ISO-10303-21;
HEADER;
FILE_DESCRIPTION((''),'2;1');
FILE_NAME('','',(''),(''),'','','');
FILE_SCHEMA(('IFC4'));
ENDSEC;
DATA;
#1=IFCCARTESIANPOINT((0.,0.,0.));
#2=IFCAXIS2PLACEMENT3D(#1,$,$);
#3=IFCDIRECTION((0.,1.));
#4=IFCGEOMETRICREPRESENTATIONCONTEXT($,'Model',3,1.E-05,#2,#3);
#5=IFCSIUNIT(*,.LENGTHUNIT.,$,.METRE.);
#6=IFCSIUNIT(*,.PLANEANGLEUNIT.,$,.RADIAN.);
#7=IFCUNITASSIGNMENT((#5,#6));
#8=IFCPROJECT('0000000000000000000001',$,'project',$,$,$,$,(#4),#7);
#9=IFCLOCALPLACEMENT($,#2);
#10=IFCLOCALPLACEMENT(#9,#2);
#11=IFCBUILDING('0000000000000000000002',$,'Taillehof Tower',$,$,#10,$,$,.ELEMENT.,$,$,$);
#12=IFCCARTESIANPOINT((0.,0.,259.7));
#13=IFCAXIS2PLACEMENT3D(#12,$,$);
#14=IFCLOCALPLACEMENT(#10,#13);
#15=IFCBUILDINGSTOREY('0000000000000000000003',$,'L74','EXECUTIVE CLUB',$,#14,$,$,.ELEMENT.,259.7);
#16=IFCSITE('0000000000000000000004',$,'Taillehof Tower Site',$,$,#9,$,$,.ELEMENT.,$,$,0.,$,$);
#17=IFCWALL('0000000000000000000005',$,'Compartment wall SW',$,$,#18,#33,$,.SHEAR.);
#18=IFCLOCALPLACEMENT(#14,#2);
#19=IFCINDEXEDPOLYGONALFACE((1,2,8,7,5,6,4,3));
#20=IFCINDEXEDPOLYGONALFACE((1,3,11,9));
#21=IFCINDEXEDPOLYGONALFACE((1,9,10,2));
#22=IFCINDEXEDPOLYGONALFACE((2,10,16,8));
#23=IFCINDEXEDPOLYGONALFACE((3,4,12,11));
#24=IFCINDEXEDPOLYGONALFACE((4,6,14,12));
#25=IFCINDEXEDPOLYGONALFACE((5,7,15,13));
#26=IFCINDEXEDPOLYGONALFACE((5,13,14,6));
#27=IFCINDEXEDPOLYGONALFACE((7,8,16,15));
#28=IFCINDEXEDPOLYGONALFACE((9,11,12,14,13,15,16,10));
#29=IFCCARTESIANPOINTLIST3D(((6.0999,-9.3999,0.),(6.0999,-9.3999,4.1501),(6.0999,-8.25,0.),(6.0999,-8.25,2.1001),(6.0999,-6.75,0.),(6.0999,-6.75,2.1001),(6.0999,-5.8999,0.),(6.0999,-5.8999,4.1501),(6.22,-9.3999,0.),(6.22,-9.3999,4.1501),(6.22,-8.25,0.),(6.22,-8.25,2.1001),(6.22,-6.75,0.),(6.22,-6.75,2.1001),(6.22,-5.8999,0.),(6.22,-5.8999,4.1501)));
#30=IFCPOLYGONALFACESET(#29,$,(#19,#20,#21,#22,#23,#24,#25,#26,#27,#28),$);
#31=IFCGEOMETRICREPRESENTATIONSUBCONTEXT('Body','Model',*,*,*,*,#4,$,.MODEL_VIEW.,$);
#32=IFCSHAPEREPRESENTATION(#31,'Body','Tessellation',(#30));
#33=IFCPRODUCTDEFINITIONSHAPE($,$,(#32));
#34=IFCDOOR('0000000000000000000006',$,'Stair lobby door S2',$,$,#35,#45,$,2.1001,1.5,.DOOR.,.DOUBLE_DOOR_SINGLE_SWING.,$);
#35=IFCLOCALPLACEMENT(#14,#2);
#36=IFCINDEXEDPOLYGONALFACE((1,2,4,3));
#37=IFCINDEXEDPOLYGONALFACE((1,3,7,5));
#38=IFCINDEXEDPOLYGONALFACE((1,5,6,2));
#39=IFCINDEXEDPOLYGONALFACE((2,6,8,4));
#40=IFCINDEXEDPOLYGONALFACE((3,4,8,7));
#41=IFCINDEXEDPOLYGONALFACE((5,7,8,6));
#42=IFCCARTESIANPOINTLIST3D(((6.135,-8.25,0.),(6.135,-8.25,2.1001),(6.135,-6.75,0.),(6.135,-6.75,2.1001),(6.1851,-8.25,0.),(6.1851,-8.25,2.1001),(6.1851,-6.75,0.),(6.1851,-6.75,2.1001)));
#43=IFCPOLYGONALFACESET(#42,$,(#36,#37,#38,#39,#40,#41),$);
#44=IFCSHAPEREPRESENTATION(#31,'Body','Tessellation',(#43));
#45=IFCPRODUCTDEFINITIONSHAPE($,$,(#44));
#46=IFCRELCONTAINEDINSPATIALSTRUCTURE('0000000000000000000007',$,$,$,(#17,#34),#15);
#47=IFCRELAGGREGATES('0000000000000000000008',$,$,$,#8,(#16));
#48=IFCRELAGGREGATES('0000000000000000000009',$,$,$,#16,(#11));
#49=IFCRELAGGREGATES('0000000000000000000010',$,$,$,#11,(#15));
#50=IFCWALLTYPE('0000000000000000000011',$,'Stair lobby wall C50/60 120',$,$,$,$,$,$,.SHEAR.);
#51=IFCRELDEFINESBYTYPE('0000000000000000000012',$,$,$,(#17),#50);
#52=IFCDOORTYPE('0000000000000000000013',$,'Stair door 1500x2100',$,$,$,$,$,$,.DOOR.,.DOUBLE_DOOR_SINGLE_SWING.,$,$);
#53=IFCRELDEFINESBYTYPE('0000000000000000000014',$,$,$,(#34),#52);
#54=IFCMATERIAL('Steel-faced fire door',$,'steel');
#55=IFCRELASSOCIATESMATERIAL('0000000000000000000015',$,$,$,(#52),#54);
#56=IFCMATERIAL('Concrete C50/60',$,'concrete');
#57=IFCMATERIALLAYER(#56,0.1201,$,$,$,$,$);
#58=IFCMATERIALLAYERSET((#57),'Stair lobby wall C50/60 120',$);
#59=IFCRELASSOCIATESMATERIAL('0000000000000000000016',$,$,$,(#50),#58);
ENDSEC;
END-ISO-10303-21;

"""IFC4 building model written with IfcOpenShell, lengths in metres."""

from ifc_helpers import new_model, si_unit, direction, frame, frame_2d, origin, place, context, subcontext, project, spatial, rectangle, extrude, material, layer, layer_set, type_object, element, fill, save


model = new_model("IFC4")

# Units and contexts
model_context = context("Model", 3, precision=1e-05, world=origin(), true_north=direction((0.0, 1.0)))
body_context = subcontext(model_context, "Body", "Model", "MODEL_VIEW")
ifc_project = project(units=[si_unit("LENGTHUNIT", "METRE"), si_unit("PLANEANGLEUNIT", "RADIAN")], contexts=[model_context])

# Site, building, storey
site_placement = place(None, origin())
site = spatial("IfcSite", under=ifc_project, at=site_placement, Name="Taillehof Tower Site", CompositionType="ELEMENT", RefElevation=0.0)
building_placement = place(site_placement, origin())
building = spatial("IfcBuilding", under=site, at=building_placement, Name="Taillehof Tower", CompositionType="ELEMENT")
storey_placement = place(building_placement, frame((0.0, 0.0, 259.7)))
storey = spatial("IfcBuildingStorey", under=building, at=storey_placement, Name="L74", Description="EXECUTIVE CLUB", CompositionType="ELEMENT", Elevation=259.7)

# Shared definitions
ifc_material_1 = material(Name="Steel-faced fire door", Category="steel")
door_type_1 = type_object("IfcDoorType", Name="Stair door 1500x2100", OperationType="DOUBLE_DOOR_SINGLE_SWING", PredefinedType="DOOR", material=ifc_material_1)

# Wall, opening, door
ifc_material_2 = material(Name="Concrete C50/60", Category="concrete")
ifc_layer_1 = layer(ifc_material_2, 0.1201)
ifc_layer_set_1 = layer_set([ifc_layer_1], Name="Stair lobby wall C50/60 120")
wall_type_1 = type_object("IfcWallType", Name="Stair lobby wall C50/60 120", PredefinedType="SHEAR", material=ifc_layer_set_1)
wall_1_placement = place(storey_placement, frame((6.1599, -9.3999, 0.0), z_axis=(0.0, 0.0, 1.0), x_axis=(0.0, 1.0, 0.0)))
wall_1 = element("IfcWall", 1, at=wall_1_placement, inside=storey, type_object=wall_type_1, Name="Compartment wall SW", PredefinedType="SHEAR", context=body_context, shape_type="SweptSolid", body=[
    extrude(rectangle(XDim=3.5, YDim=0.1201, at=frame_2d((1.75, 0.0))), origin(), (0.0, 0.0, 1.0), 4.1501),
])
opening_1_placement = place(wall_1_placement, frame((1.1499, 0.0, 0.0)))
opening_1 = element("IfcOpeningElement", 2, at=opening_1_placement, cuts=wall_1, PredefinedType="OPENING", context=body_context, shape_type="SweptSolid", body=[
    extrude(rectangle(XDim=1.5, YDim=2.1001, at=frame_2d((0.75, 1.05))), frame((0.0, 0.0701, 0.0), z_axis=(0.0, -1.0, 0.0), x_axis=(1.0, 0.0, 0.0)), (0.0, 0.0, 1.0), 0.1401),
])
door_1_placement = place(opening_1_placement, origin())
door_1 = element("IfcDoor", 3, at=door_1_placement, inside=storey, type_object=door_type_1, Name="Stair lobby door S2", OperationType="DOUBLE_DOOR_SINGLE_SWING", OverallHeight=2.1001, OverallWidth=1.5, PredefinedType="DOOR", context=body_context, shape_type="SweptSolid", body=[
    extrude(rectangle(XDim=1.5, YDim=2.1001, at=frame_2d((0.75, 1.05))), frame((0.0, 0.0249, 0.0), z_axis=(0.0, -1.0, 0.0), x_axis=(1.0, 0.0, 0.0)), (0.0, 0.0, 1.0), 0.05),
])
fill(opening_1, door_1)

save(model, "model.ifc")
